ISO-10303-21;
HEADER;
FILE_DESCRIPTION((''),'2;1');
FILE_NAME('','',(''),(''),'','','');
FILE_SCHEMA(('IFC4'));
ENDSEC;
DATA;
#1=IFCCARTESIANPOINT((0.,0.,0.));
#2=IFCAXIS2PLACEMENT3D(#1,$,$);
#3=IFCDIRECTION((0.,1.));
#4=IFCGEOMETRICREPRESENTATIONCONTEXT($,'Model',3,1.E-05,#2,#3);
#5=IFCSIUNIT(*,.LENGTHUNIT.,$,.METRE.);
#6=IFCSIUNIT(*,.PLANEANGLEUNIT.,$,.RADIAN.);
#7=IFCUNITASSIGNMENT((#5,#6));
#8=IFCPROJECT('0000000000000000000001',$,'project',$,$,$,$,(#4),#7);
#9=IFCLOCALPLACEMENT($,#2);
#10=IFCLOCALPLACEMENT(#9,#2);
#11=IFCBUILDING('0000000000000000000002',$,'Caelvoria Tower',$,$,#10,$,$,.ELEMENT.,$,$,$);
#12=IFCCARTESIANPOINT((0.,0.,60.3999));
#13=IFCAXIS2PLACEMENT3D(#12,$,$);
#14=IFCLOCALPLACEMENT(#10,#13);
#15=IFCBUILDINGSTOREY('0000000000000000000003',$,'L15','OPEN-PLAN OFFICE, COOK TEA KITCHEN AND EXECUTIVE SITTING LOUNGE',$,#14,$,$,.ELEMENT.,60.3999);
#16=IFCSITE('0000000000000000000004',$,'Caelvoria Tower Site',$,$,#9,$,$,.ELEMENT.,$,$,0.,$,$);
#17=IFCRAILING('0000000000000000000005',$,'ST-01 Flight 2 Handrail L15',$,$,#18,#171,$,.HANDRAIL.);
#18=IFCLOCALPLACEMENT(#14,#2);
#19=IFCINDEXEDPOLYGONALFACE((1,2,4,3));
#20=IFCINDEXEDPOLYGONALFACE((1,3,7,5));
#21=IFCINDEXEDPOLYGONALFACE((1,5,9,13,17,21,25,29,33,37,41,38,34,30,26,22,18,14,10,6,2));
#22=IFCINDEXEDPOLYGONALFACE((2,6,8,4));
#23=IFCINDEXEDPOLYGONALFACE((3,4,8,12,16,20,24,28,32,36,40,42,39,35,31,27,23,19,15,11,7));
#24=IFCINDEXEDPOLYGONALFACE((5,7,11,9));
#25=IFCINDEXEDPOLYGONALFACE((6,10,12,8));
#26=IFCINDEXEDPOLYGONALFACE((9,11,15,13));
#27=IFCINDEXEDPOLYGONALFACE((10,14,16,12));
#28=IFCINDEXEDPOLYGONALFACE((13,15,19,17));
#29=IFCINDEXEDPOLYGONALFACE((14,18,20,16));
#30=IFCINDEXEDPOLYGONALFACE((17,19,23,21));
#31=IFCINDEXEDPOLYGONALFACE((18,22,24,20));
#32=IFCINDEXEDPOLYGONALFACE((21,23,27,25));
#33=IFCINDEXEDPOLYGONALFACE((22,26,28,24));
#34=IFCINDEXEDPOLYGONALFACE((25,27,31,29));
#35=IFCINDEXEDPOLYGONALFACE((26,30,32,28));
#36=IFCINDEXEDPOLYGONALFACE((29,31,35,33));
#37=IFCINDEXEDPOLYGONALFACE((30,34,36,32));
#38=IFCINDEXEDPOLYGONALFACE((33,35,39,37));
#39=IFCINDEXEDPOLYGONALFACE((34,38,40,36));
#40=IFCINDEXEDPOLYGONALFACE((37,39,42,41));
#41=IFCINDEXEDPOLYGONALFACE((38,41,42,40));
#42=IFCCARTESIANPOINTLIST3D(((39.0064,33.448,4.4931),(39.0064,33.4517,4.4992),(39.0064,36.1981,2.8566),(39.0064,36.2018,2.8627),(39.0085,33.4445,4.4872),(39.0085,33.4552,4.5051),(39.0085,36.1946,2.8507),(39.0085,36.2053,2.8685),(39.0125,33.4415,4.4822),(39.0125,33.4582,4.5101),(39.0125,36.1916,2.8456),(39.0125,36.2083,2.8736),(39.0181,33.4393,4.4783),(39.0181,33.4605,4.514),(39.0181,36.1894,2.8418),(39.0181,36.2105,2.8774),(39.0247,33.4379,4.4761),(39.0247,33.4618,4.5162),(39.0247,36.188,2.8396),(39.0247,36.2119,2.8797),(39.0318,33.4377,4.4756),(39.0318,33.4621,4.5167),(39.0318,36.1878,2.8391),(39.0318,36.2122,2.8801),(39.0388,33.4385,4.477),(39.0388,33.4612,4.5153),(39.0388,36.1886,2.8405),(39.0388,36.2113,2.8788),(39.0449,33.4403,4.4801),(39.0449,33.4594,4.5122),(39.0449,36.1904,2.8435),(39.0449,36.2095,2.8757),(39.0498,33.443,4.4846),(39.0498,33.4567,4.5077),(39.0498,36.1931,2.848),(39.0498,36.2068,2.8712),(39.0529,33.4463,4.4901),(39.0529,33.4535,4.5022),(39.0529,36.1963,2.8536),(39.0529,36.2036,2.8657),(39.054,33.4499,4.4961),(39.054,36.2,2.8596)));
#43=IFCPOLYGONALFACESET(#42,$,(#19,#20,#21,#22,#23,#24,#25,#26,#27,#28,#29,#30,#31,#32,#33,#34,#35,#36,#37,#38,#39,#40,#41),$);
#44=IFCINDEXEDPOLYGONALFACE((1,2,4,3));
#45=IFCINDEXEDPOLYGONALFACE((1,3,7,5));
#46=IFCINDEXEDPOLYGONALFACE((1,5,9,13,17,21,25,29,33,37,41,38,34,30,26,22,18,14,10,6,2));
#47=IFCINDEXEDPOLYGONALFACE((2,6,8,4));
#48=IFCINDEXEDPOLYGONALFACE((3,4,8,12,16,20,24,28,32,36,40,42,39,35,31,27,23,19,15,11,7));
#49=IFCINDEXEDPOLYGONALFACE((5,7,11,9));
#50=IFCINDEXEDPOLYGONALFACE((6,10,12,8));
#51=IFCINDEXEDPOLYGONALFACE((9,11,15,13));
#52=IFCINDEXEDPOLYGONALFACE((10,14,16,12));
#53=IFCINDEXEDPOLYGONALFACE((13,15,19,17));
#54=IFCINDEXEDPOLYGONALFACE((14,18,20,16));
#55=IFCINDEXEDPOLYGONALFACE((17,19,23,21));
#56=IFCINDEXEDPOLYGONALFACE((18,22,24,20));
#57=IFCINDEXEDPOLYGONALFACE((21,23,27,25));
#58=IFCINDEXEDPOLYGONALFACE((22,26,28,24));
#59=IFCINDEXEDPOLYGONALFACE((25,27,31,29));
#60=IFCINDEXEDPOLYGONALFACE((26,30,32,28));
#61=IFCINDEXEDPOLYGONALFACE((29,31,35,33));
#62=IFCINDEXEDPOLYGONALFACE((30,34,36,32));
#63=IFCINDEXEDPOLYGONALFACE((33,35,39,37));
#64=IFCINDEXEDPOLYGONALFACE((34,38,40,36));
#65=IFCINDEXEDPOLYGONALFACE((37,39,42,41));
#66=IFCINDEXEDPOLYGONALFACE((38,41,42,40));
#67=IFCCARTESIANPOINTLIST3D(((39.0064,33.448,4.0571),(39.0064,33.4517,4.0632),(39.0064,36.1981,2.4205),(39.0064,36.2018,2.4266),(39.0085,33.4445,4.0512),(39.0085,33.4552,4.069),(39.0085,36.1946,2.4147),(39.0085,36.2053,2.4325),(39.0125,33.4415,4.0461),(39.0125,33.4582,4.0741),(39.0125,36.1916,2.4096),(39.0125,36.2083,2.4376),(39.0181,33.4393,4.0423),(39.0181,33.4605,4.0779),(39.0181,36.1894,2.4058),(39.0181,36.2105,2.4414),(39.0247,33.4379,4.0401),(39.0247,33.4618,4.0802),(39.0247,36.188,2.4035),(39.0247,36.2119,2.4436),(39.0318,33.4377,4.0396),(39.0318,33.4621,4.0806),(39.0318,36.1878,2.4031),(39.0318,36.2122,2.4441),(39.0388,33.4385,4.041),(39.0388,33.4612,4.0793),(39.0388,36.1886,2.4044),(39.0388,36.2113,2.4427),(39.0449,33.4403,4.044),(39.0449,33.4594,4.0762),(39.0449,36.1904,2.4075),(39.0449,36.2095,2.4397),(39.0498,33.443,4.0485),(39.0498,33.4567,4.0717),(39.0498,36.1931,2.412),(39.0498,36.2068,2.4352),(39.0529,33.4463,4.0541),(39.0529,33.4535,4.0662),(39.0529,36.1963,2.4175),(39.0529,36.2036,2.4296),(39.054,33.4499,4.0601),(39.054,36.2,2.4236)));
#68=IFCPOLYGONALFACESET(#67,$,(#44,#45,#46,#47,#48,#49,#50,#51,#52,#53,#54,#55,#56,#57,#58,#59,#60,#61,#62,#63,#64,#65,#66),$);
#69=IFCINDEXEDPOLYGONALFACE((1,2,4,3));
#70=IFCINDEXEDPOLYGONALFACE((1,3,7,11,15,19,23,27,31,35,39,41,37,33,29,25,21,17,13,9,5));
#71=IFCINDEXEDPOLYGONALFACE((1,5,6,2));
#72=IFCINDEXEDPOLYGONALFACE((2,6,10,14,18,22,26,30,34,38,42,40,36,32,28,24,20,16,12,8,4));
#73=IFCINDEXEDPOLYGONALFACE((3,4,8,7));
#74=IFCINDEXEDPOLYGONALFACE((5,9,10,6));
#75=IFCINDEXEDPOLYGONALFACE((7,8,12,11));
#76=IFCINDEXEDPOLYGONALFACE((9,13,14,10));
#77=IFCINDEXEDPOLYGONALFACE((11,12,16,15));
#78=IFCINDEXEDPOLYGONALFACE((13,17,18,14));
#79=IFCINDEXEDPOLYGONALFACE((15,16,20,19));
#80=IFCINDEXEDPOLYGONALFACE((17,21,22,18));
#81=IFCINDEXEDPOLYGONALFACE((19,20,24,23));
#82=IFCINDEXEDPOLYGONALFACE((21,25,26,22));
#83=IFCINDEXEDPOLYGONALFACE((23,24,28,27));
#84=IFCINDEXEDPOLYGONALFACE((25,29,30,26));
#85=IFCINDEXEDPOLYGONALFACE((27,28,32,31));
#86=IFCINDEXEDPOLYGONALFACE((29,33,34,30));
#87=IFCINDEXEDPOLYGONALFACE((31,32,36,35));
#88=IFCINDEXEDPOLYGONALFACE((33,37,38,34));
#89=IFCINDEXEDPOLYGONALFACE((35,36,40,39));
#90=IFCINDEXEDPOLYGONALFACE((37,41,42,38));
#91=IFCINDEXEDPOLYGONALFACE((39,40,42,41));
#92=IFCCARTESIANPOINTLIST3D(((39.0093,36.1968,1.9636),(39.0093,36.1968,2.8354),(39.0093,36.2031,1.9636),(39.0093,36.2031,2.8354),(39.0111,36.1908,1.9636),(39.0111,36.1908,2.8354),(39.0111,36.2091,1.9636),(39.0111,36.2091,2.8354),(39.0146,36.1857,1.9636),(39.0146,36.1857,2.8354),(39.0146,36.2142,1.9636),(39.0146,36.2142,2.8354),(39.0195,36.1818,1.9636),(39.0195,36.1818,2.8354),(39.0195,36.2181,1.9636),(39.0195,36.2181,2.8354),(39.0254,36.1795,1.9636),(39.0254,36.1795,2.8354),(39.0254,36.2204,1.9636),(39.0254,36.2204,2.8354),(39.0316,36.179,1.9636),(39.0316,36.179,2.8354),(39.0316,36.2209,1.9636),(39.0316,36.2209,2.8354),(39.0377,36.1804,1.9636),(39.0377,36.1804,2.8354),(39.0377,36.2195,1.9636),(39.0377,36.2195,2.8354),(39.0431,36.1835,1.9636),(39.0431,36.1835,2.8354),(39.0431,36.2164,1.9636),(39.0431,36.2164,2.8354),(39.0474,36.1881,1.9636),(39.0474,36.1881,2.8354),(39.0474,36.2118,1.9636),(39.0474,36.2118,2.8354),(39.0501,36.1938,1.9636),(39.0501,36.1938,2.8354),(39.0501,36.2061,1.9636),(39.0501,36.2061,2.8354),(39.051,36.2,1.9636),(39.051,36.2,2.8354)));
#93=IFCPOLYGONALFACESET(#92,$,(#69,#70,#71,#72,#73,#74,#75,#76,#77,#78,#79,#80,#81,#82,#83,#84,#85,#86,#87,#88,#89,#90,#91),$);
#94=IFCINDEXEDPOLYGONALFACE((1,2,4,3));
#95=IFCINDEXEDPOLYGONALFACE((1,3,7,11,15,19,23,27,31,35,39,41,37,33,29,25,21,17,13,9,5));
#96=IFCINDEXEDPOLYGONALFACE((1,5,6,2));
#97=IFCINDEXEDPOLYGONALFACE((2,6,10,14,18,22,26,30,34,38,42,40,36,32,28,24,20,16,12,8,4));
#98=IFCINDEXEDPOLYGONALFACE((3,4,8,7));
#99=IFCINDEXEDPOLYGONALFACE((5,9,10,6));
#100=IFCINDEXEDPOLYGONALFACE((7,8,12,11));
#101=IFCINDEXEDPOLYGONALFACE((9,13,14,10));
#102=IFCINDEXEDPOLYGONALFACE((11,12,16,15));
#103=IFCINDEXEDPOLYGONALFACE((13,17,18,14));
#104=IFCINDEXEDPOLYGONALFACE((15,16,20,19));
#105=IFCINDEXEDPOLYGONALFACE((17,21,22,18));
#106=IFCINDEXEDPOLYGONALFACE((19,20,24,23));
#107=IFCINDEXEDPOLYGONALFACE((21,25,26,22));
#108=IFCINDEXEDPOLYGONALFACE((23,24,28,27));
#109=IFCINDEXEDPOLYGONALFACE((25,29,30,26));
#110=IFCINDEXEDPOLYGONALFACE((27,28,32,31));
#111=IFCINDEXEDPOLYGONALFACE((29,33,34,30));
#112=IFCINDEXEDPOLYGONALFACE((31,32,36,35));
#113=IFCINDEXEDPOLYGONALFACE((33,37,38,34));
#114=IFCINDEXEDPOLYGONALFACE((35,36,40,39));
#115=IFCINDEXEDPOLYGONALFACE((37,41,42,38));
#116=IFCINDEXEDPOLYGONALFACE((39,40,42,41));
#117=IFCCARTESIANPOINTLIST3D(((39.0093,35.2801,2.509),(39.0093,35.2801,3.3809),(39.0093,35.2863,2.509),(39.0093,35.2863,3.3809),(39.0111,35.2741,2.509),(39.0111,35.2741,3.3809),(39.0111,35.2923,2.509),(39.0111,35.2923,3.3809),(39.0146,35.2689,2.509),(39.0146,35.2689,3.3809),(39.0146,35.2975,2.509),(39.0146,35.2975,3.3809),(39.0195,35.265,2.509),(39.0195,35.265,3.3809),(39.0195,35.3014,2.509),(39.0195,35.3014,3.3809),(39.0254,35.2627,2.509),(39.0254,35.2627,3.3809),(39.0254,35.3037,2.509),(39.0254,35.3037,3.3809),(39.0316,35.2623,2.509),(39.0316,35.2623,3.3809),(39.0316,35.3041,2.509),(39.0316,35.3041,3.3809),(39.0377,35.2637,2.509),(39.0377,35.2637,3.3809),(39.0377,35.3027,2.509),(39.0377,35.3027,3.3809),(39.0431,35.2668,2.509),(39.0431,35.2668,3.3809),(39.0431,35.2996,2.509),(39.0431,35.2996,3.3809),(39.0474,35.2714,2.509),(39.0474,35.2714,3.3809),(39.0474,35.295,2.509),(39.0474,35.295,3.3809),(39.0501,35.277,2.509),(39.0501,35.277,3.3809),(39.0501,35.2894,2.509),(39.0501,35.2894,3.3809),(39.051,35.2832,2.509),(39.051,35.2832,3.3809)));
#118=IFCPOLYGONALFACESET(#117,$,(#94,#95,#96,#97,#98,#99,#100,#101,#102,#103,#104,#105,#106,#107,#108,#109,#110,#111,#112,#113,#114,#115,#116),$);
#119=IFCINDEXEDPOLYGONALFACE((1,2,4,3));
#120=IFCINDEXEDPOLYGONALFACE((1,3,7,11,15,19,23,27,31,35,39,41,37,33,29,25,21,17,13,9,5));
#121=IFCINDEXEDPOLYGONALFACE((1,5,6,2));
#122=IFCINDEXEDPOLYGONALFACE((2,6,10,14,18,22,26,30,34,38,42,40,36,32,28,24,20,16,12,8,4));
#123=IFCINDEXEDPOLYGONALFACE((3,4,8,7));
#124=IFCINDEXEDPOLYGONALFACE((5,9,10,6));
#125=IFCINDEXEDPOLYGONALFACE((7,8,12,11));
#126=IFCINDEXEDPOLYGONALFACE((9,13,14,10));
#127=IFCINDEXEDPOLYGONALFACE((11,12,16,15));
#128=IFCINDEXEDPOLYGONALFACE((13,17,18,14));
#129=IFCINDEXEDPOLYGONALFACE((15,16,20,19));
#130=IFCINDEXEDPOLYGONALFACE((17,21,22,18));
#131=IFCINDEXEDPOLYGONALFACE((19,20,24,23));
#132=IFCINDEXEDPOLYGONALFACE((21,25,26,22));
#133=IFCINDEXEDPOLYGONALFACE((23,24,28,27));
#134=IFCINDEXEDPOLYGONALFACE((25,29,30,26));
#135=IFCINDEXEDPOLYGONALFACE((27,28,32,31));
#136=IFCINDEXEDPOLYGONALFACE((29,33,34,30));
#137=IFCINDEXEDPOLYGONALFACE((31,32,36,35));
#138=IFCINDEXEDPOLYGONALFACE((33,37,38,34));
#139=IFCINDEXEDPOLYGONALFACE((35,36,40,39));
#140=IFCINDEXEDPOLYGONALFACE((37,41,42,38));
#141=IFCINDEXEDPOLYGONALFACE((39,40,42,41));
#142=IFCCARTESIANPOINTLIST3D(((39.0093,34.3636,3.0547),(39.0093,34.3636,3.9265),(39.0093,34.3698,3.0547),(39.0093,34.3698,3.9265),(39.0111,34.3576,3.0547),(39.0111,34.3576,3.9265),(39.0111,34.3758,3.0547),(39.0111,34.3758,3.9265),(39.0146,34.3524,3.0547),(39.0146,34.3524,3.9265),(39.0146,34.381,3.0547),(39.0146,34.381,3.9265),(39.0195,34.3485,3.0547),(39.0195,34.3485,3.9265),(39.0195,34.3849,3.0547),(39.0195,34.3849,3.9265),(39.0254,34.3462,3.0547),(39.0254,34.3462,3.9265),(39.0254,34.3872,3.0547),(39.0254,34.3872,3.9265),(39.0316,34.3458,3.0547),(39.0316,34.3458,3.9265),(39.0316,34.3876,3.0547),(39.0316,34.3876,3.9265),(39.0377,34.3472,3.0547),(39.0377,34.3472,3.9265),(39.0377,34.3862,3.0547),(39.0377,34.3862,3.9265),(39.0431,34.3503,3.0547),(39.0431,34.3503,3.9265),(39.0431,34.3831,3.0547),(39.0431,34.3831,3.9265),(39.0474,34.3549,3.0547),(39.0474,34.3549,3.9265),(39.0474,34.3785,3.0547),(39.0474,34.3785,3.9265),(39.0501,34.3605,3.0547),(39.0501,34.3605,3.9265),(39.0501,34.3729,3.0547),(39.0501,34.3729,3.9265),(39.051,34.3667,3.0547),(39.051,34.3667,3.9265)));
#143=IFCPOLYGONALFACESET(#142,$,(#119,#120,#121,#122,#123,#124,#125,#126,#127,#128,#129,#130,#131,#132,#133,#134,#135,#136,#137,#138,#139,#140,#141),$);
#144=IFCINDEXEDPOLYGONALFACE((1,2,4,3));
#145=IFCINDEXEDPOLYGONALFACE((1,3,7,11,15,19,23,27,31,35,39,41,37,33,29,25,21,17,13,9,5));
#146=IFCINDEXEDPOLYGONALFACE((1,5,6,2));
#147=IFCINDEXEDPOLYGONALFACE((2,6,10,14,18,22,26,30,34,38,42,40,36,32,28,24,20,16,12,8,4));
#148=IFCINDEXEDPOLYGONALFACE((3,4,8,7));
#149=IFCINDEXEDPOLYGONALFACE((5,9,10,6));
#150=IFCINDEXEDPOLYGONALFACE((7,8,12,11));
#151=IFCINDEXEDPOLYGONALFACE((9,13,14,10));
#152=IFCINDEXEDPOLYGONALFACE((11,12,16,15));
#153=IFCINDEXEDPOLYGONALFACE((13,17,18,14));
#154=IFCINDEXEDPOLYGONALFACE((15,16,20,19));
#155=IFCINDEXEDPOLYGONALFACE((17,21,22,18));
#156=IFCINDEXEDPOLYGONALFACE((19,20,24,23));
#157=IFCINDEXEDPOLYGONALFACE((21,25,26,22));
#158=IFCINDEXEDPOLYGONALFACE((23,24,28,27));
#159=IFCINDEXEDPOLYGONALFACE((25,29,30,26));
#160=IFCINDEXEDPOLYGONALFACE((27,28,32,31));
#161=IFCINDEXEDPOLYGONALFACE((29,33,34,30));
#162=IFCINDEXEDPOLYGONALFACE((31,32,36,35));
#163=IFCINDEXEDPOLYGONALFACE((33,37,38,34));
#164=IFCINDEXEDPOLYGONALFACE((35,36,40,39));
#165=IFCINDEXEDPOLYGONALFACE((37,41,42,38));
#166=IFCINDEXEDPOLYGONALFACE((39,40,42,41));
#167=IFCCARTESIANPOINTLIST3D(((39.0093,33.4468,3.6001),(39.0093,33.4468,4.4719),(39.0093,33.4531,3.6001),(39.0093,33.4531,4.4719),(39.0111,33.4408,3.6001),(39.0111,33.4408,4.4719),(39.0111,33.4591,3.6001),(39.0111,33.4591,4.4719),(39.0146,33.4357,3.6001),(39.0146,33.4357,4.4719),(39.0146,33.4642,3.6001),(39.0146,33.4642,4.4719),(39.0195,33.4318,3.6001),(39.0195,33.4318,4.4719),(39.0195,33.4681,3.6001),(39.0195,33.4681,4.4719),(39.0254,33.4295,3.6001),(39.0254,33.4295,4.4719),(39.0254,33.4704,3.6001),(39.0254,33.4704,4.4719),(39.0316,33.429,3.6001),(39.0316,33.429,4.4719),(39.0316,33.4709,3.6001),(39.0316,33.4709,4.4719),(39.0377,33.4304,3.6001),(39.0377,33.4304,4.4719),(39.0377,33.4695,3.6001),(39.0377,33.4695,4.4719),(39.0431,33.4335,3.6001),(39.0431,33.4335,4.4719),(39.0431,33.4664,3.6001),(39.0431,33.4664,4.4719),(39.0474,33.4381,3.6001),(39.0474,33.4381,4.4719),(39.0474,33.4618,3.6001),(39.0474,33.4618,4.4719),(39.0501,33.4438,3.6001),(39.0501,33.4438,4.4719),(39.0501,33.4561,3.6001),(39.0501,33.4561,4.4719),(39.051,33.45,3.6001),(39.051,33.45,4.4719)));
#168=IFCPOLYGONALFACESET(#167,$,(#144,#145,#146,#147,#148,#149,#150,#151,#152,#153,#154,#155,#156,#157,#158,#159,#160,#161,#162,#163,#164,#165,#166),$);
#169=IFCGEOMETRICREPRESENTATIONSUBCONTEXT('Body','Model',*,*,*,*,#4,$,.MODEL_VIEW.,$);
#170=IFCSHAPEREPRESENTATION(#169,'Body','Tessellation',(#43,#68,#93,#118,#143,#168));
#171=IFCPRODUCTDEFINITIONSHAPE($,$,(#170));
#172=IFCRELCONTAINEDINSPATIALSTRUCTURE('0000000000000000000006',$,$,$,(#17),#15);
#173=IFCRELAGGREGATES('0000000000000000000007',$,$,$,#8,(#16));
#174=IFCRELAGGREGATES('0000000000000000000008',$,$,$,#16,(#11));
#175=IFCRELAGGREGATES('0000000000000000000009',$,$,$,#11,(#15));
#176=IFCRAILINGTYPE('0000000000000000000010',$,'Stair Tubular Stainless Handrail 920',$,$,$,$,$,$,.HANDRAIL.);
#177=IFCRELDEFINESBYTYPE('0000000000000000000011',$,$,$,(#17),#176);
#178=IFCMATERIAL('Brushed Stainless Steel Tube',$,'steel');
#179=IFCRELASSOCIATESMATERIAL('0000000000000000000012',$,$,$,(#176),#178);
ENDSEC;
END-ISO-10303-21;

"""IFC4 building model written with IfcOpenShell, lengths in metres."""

from ifc_helpers import new_model, si_unit, direction, frame, origin, origin_2d, place, context, subcontext, project, spatial, circle, extrude, material, type_object, element, save


model = new_model("IFC4")

# Units and contexts
model_context = context("Model", 3, precision=1e-05, world=origin(), true_north=direction((0.0, 1.0)))
body_context = subcontext(model_context, "Body", "Model", "MODEL_VIEW")
ifc_project = project(units=[si_unit("LENGTHUNIT", "METRE"), si_unit("PLANEANGLEUNIT", "RADIAN")], contexts=[model_context])

# Site, building, storey
site_placement = place(None, origin())
site = spatial("IfcSite", under=ifc_project, at=site_placement, Name="Caelvoria Tower Site", CompositionType="ELEMENT", RefElevation=0.0)
building_placement = place(site_placement, origin())
building = spatial("IfcBuilding", under=site, at=building_placement, Name="Caelvoria Tower", CompositionType="ELEMENT")
storey_placement = place(building_placement, frame((0.0, 0.0, 60.3999)))
storey = spatial("IfcBuildingStorey", under=building, at=storey_placement, Name="L15", Description="OPEN-PLAN OFFICE, COOK TEA KITCHEN AND EXECUTIVE SITTING LOUNGE", CompositionType="ELEMENT", Elevation=60.3999)

# Railing
ifc_material_1 = material(Name="Brushed Stainless Steel Tube", Category="steel")
railing_type_1 = type_object("IfcRailingType", Name="Stair Tubular Stainless Handrail 920", PredefinedType="HANDRAIL", material=ifc_material_1)
railing_1_placement = place(storey_placement, frame((39.03, 36.2, 1.9636)))
element("IfcRailing", 1, at=railing_1_placement, inside=storey, type_object=railing_type_1, Name="ST-01 Flight 2 Handrail L15", PredefinedType="HANDRAIL", context=body_context, shape_type="SweptSolid", body=[
    extrude(circle(Radius=0.0239, at=origin_2d()), frame((0.0, 0.0, 0.896), z_axis=(0.0, -0.859352, 0.511385), x_axis=(1.0, 0.0, 0.0)), (0.0, 0.0, 1.0), 3.2002),
    extrude(circle(Radius=0.0239, at=origin_2d()), frame((0.0, 0.0, 0.46), z_axis=(0.0, -0.859352, 0.511385), x_axis=(1.0, 0.0, 0.0)), (0.0, 0.0, 1.0), 3.2002),
    extrude(circle(Radius=0.021, at=origin_2d()), origin(), (0.0, 0.0, 1.0), 0.8718),
    extrude(circle(Radius=0.021, at=origin_2d()), frame((0.0, -0.9167, 0.5454)), (0.0, 0.0, 1.0), 0.8718),
    extrude(circle(Radius=0.021, at=origin_2d()), frame((0.0, -1.8333, 1.0911)), (0.0, 0.0, 1.0), 0.8718),
    extrude(circle(Radius=0.021, at=origin_2d()), frame((0.0, -2.75, 1.6365)), (0.0, 0.0, 1.0), 0.8718),
])

save(model, "model.ifc")
